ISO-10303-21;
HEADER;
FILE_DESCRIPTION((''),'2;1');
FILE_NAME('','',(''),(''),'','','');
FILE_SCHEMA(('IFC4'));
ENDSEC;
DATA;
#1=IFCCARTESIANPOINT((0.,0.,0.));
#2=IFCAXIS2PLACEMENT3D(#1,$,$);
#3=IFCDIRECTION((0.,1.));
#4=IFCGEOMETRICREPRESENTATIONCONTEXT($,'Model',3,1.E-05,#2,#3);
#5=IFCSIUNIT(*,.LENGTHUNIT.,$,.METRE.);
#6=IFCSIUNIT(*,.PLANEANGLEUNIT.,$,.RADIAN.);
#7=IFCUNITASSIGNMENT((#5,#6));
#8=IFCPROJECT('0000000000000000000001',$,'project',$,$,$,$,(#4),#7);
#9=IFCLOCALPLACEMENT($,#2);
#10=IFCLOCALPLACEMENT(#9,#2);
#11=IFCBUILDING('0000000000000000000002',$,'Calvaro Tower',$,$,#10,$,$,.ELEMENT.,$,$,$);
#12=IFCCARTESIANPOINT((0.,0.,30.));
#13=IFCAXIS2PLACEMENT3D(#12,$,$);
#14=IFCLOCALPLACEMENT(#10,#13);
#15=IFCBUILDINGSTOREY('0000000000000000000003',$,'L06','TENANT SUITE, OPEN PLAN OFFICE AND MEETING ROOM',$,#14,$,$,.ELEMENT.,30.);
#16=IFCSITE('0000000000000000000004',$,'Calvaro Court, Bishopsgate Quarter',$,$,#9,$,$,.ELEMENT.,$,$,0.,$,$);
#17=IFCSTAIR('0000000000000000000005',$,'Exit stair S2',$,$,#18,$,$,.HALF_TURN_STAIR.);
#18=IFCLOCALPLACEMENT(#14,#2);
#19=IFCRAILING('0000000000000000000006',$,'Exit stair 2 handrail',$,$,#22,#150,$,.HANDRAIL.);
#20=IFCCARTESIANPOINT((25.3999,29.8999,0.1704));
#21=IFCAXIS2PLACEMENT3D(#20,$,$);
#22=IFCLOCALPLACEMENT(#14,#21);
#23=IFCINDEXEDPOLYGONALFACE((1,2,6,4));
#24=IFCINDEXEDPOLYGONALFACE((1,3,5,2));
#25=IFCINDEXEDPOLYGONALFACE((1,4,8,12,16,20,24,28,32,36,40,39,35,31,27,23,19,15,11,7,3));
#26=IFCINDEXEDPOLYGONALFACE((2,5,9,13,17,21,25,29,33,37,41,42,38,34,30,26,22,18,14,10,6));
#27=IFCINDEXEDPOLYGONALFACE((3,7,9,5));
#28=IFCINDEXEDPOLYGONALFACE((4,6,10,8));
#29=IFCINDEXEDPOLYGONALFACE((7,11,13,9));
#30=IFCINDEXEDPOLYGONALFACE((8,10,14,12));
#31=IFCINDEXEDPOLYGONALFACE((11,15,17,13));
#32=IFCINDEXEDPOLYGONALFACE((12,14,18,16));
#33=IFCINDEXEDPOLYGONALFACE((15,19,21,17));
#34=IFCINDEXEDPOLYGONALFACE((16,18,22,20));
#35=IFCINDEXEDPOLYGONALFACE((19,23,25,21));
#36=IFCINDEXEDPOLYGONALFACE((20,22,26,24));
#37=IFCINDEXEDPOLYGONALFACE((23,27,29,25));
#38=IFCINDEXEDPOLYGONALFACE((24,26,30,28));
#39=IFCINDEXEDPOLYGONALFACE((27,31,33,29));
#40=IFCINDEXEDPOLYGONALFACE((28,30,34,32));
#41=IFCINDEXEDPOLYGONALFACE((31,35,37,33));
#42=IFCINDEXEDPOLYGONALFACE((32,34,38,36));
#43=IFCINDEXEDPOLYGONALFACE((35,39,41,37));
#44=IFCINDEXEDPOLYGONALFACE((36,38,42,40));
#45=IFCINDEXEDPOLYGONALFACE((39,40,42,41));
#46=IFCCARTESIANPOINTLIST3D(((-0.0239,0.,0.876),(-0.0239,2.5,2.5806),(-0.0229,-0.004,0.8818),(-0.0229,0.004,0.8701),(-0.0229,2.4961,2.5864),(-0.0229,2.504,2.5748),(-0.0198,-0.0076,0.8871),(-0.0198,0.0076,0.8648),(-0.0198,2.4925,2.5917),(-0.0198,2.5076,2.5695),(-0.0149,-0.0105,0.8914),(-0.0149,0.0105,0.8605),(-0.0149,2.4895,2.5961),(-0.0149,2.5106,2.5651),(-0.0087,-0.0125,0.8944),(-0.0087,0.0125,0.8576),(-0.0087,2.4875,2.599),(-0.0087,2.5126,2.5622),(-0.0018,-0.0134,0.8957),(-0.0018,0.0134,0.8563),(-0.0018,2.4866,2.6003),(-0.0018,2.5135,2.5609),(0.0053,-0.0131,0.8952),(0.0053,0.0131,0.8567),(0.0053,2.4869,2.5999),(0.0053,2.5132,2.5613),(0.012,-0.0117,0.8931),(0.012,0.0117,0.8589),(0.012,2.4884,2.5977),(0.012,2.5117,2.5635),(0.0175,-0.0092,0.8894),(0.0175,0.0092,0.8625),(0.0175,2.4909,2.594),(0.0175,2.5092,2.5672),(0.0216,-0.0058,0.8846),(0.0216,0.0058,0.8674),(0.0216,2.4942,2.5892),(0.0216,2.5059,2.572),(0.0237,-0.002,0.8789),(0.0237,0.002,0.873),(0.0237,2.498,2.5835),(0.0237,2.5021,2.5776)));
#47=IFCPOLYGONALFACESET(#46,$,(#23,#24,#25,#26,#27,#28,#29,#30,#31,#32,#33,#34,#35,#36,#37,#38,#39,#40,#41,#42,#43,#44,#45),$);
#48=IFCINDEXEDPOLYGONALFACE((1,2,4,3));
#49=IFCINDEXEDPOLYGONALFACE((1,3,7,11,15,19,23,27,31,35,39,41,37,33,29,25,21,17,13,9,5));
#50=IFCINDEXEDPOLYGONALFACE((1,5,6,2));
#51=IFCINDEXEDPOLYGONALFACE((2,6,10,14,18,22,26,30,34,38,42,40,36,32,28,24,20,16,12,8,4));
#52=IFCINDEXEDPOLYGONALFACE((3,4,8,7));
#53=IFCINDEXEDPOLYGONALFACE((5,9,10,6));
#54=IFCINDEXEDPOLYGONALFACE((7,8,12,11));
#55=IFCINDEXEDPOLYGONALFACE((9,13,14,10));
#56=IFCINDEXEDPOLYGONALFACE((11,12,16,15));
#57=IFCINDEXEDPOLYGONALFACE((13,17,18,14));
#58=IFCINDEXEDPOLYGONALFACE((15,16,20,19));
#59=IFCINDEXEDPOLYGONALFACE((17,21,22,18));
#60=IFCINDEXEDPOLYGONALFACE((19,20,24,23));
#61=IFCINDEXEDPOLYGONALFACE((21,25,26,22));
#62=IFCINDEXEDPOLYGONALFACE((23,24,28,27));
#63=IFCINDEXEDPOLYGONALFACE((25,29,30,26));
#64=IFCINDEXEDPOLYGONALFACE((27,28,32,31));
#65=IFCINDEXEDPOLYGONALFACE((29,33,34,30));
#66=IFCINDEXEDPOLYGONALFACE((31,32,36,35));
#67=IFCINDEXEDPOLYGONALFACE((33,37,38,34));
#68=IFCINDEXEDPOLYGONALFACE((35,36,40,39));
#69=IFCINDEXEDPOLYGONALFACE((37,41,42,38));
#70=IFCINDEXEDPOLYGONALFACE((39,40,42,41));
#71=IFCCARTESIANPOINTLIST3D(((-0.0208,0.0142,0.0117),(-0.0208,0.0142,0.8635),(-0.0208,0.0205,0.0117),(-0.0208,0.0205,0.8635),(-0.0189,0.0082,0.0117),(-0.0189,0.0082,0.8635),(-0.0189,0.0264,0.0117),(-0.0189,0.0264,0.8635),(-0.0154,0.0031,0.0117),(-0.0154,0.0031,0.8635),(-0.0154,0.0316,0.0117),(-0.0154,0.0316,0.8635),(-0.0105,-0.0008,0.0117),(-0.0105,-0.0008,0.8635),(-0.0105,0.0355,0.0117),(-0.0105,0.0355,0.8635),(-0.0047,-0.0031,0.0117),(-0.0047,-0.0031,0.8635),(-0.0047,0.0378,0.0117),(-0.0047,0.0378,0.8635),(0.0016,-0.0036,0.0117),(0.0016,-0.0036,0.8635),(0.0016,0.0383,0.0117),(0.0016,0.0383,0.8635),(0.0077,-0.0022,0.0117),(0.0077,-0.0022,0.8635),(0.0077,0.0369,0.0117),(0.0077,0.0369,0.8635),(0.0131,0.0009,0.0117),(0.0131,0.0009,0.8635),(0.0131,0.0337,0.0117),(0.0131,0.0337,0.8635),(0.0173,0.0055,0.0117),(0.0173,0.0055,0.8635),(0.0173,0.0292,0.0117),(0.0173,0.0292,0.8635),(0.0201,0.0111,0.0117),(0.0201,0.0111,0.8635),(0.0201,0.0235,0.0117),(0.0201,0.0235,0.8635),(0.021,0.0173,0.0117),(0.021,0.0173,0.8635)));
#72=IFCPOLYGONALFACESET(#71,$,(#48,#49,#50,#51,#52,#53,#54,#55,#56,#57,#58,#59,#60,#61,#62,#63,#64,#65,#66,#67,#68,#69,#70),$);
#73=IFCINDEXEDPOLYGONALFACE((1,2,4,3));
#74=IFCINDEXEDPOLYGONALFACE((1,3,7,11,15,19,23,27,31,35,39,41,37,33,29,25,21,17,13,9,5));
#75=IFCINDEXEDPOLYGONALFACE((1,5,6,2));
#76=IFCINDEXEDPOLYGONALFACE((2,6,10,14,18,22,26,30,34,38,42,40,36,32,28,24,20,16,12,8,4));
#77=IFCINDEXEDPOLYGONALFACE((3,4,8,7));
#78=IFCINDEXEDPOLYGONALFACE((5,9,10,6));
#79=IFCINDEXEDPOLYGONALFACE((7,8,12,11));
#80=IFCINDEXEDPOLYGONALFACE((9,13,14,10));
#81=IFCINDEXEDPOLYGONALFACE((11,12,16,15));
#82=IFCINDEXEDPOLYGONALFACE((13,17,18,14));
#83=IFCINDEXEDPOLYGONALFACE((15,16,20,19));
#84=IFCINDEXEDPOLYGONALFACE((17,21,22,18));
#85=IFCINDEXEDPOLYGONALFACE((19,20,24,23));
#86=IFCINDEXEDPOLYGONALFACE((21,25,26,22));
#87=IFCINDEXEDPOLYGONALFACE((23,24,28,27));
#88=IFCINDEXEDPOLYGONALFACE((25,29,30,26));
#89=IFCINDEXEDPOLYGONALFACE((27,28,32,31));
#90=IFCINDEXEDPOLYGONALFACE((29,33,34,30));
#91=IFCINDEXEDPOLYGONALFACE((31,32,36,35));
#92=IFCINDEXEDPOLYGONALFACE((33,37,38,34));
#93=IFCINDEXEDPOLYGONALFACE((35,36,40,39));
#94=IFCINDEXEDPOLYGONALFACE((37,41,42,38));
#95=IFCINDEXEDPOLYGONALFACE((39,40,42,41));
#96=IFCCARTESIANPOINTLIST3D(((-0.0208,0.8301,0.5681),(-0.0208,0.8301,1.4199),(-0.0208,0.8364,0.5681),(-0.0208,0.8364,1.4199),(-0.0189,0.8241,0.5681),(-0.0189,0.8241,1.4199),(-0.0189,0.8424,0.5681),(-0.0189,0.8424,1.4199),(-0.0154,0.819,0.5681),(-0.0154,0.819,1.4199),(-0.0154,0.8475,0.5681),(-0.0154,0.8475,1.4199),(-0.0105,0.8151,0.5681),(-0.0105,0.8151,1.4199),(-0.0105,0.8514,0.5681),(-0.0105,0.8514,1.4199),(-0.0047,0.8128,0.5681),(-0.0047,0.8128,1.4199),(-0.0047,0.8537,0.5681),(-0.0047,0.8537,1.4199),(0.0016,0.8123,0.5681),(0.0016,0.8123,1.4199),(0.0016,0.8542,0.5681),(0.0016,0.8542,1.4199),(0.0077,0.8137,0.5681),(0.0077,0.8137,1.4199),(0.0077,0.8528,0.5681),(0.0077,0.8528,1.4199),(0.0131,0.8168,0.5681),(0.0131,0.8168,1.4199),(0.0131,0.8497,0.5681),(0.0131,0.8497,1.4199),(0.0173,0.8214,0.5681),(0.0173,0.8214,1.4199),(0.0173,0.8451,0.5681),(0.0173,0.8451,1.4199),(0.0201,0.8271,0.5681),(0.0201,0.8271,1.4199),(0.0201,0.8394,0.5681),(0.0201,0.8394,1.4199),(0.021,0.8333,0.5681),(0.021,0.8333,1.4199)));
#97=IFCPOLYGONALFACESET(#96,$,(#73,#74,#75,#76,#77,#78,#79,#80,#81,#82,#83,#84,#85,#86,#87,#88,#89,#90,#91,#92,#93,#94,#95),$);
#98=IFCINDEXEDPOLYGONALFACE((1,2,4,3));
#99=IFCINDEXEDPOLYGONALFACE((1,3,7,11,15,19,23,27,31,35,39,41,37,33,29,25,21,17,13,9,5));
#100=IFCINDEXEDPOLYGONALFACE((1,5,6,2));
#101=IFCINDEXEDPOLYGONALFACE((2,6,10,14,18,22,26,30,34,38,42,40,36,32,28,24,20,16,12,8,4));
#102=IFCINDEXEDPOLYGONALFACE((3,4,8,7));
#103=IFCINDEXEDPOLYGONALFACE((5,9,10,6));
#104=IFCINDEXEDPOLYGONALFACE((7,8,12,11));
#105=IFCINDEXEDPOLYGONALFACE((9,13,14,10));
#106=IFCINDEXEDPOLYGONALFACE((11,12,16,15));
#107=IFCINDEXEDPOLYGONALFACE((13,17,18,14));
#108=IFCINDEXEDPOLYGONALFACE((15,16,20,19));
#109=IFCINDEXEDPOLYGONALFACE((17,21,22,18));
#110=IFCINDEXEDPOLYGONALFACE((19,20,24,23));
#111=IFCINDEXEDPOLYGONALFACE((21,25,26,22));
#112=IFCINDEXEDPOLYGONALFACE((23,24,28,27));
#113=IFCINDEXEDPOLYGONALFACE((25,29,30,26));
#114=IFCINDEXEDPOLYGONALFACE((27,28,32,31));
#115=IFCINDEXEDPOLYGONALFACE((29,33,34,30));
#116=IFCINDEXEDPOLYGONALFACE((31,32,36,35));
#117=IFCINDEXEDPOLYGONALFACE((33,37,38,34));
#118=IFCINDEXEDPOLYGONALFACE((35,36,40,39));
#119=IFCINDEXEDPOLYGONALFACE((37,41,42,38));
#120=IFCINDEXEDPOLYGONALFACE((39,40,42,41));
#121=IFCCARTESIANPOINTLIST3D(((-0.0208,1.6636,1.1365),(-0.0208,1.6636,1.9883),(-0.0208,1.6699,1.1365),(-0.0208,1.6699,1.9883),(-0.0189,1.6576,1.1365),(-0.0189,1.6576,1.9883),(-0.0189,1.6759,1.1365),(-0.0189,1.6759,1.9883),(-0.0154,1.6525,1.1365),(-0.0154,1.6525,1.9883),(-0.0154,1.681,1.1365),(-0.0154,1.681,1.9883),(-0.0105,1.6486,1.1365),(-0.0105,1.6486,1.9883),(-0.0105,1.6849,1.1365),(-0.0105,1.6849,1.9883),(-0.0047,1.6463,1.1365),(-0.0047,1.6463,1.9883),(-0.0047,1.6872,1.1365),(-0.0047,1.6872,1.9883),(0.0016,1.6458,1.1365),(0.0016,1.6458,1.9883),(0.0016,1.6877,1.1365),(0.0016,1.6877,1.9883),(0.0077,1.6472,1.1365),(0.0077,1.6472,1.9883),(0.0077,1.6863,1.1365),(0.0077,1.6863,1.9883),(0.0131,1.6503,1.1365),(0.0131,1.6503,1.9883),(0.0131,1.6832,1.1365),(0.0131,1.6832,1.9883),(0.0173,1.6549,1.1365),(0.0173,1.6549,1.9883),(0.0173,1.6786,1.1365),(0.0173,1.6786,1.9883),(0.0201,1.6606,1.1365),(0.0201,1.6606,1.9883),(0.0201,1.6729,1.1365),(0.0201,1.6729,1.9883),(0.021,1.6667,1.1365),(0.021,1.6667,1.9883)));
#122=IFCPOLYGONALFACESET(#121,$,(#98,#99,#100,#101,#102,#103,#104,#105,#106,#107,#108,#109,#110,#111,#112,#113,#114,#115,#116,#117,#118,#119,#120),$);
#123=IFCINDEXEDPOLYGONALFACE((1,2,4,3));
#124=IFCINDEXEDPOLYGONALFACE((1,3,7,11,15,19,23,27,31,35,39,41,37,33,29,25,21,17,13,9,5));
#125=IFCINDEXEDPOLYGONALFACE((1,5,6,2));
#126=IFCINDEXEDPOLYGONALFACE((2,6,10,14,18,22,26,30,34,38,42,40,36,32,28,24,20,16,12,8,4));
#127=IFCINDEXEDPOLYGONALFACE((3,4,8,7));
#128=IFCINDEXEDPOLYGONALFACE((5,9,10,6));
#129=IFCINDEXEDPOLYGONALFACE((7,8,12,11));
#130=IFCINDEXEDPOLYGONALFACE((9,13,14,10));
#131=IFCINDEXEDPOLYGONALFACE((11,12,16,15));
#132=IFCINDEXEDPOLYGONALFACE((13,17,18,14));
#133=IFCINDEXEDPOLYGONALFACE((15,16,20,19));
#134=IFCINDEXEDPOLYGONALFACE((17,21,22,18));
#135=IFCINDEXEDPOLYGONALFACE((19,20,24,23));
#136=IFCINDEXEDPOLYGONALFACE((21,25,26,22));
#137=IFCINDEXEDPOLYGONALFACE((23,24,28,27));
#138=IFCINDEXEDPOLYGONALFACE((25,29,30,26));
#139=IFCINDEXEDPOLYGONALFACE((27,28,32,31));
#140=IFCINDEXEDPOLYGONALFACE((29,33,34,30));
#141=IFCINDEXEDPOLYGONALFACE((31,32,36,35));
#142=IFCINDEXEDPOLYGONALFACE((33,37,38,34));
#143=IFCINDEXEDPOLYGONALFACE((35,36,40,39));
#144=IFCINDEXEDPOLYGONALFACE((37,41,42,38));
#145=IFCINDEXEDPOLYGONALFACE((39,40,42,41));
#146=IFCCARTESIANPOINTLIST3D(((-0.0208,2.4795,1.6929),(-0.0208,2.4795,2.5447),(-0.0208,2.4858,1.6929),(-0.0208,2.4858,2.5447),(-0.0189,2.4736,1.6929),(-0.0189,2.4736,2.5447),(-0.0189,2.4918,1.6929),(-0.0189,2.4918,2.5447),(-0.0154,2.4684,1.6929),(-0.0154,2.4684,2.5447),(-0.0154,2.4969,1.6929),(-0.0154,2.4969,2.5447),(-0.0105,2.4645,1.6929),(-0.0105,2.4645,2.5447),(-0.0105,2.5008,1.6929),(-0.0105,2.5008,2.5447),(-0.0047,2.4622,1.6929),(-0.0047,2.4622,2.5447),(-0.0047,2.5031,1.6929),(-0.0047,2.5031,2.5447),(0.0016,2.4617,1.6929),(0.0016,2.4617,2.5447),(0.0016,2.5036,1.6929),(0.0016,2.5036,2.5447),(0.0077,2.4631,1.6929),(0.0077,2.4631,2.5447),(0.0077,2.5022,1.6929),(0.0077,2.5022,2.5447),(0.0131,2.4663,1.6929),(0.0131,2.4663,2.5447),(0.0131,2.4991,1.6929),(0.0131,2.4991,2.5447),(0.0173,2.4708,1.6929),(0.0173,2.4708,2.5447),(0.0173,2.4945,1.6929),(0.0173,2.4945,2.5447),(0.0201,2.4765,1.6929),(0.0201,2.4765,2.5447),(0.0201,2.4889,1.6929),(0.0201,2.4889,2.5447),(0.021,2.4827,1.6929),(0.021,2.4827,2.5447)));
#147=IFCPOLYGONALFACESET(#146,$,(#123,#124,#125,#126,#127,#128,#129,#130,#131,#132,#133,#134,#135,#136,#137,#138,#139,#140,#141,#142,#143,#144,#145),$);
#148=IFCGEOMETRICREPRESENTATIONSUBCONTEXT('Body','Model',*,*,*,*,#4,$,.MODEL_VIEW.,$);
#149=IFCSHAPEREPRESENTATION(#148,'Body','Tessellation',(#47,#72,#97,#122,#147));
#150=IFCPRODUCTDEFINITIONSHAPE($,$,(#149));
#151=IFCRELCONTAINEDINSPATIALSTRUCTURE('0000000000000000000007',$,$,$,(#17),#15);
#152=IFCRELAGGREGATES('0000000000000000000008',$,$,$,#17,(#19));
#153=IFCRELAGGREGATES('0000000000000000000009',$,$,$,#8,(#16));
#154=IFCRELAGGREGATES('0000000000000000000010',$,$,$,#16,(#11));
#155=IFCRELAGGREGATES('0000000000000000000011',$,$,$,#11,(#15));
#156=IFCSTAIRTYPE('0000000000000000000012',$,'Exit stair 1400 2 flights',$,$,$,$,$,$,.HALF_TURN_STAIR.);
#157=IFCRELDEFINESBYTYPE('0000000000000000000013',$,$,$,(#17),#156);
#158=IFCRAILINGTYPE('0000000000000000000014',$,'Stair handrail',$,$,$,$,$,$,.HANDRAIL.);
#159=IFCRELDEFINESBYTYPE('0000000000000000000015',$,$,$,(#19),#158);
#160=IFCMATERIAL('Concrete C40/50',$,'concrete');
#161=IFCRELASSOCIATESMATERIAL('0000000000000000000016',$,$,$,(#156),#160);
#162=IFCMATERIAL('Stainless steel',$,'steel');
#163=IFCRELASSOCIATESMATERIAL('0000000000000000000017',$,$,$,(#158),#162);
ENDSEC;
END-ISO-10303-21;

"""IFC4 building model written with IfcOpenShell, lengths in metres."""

from ifc_helpers import new_model, si_unit, direction, frame, origin, origin_2d, place, context, subcontext, project, spatial, circle, extrude, material, type_object, element, aggregate, save


model = new_model("IFC4")

# Units and contexts
model_context = context("Model", 3, precision=1e-05, world=origin(), true_north=direction((0.0, 1.0)))
body_context = subcontext(model_context, "Body", "Model", "MODEL_VIEW")
ifc_project = project(units=[si_unit("LENGTHUNIT", "METRE"), si_unit("PLANEANGLEUNIT", "RADIAN")], contexts=[model_context])

# Site, building, storey
site_placement = place(None, origin())
site = spatial("IfcSite", under=ifc_project, at=site_placement, Name="Calvaro Court, Bishopsgate Quarter", CompositionType="ELEMENT", RefElevation=0.0)
building_placement = place(site_placement, origin())
building = spatial("IfcBuilding", under=site, at=building_placement, Name="Calvaro Tower", CompositionType="ELEMENT")
storey_placement = place(building_placement, frame((0.0, 0.0, 30.0)))
storey = spatial("IfcBuildingStorey", under=building, at=storey_placement, Name="L06", Description="TENANT SUITE, OPEN PLAN OFFICE AND MEETING ROOM", CompositionType="ELEMENT", Elevation=30.0)

# Stair, railing
ifc_material_1 = material(Name="Concrete C40/50", Category="concrete")
stair_type = type_object("IfcStairType", Name="Exit stair 1400 2 flights", PredefinedType="HALF_TURN_STAIR", material=ifc_material_1)
stair_placement = place(storey_placement, origin())
stair = element("IfcStair", 1, at=stair_placement, inside=storey, type_object=stair_type, Name="Exit stair S2", PredefinedType="HALF_TURN_STAIR")
ifc_material_2 = material(Name="Stainless steel", Category="steel")
railing_type = type_object("IfcRailingType", Name="Stair handrail", PredefinedType="HANDRAIL", material=ifc_material_2)
railing_1_placement = place(storey_placement, frame((25.3999, 29.8999, 0.1704)))
railing_1 = element("IfcRailing", 2, at=railing_1_placement, type_object=railing_type, Name="Exit stair 2 handrail", PredefinedType="HANDRAIL", context=body_context, shape_type="SweptSolid", body=[
    extrude(circle(Radius=0.0239, at=origin_2d()), frame((0.0, 0.0, 0.876), z_axis=(0.0, 0.826221, 0.563347), x_axis=(-1.0, 0.0, 0.0)), (0.0, 0.0, 1.0), 3.0259),
    extrude(circle(Radius=0.021, at=origin_2d()), frame((0.0, 0.0173, 0.0117)), (0.0, 0.0, 1.0), 0.8518),
    extrude(circle(Radius=0.021, at=origin_2d()), frame((0.0, 0.8333, 0.5681)), (0.0, 0.0, 1.0), 0.8518),
    extrude(circle(Radius=0.021, at=origin_2d()), frame((0.0, 1.6667, 1.1365)), (0.0, 0.0, 1.0), 0.8518),
    extrude(circle(Radius=0.021, at=origin_2d()), frame((0.0, 2.4827, 1.6929)), (0.0, 0.0, 1.0), 0.8518),
])
aggregate(stair, [railing_1])

save(model, "model.ifc")
